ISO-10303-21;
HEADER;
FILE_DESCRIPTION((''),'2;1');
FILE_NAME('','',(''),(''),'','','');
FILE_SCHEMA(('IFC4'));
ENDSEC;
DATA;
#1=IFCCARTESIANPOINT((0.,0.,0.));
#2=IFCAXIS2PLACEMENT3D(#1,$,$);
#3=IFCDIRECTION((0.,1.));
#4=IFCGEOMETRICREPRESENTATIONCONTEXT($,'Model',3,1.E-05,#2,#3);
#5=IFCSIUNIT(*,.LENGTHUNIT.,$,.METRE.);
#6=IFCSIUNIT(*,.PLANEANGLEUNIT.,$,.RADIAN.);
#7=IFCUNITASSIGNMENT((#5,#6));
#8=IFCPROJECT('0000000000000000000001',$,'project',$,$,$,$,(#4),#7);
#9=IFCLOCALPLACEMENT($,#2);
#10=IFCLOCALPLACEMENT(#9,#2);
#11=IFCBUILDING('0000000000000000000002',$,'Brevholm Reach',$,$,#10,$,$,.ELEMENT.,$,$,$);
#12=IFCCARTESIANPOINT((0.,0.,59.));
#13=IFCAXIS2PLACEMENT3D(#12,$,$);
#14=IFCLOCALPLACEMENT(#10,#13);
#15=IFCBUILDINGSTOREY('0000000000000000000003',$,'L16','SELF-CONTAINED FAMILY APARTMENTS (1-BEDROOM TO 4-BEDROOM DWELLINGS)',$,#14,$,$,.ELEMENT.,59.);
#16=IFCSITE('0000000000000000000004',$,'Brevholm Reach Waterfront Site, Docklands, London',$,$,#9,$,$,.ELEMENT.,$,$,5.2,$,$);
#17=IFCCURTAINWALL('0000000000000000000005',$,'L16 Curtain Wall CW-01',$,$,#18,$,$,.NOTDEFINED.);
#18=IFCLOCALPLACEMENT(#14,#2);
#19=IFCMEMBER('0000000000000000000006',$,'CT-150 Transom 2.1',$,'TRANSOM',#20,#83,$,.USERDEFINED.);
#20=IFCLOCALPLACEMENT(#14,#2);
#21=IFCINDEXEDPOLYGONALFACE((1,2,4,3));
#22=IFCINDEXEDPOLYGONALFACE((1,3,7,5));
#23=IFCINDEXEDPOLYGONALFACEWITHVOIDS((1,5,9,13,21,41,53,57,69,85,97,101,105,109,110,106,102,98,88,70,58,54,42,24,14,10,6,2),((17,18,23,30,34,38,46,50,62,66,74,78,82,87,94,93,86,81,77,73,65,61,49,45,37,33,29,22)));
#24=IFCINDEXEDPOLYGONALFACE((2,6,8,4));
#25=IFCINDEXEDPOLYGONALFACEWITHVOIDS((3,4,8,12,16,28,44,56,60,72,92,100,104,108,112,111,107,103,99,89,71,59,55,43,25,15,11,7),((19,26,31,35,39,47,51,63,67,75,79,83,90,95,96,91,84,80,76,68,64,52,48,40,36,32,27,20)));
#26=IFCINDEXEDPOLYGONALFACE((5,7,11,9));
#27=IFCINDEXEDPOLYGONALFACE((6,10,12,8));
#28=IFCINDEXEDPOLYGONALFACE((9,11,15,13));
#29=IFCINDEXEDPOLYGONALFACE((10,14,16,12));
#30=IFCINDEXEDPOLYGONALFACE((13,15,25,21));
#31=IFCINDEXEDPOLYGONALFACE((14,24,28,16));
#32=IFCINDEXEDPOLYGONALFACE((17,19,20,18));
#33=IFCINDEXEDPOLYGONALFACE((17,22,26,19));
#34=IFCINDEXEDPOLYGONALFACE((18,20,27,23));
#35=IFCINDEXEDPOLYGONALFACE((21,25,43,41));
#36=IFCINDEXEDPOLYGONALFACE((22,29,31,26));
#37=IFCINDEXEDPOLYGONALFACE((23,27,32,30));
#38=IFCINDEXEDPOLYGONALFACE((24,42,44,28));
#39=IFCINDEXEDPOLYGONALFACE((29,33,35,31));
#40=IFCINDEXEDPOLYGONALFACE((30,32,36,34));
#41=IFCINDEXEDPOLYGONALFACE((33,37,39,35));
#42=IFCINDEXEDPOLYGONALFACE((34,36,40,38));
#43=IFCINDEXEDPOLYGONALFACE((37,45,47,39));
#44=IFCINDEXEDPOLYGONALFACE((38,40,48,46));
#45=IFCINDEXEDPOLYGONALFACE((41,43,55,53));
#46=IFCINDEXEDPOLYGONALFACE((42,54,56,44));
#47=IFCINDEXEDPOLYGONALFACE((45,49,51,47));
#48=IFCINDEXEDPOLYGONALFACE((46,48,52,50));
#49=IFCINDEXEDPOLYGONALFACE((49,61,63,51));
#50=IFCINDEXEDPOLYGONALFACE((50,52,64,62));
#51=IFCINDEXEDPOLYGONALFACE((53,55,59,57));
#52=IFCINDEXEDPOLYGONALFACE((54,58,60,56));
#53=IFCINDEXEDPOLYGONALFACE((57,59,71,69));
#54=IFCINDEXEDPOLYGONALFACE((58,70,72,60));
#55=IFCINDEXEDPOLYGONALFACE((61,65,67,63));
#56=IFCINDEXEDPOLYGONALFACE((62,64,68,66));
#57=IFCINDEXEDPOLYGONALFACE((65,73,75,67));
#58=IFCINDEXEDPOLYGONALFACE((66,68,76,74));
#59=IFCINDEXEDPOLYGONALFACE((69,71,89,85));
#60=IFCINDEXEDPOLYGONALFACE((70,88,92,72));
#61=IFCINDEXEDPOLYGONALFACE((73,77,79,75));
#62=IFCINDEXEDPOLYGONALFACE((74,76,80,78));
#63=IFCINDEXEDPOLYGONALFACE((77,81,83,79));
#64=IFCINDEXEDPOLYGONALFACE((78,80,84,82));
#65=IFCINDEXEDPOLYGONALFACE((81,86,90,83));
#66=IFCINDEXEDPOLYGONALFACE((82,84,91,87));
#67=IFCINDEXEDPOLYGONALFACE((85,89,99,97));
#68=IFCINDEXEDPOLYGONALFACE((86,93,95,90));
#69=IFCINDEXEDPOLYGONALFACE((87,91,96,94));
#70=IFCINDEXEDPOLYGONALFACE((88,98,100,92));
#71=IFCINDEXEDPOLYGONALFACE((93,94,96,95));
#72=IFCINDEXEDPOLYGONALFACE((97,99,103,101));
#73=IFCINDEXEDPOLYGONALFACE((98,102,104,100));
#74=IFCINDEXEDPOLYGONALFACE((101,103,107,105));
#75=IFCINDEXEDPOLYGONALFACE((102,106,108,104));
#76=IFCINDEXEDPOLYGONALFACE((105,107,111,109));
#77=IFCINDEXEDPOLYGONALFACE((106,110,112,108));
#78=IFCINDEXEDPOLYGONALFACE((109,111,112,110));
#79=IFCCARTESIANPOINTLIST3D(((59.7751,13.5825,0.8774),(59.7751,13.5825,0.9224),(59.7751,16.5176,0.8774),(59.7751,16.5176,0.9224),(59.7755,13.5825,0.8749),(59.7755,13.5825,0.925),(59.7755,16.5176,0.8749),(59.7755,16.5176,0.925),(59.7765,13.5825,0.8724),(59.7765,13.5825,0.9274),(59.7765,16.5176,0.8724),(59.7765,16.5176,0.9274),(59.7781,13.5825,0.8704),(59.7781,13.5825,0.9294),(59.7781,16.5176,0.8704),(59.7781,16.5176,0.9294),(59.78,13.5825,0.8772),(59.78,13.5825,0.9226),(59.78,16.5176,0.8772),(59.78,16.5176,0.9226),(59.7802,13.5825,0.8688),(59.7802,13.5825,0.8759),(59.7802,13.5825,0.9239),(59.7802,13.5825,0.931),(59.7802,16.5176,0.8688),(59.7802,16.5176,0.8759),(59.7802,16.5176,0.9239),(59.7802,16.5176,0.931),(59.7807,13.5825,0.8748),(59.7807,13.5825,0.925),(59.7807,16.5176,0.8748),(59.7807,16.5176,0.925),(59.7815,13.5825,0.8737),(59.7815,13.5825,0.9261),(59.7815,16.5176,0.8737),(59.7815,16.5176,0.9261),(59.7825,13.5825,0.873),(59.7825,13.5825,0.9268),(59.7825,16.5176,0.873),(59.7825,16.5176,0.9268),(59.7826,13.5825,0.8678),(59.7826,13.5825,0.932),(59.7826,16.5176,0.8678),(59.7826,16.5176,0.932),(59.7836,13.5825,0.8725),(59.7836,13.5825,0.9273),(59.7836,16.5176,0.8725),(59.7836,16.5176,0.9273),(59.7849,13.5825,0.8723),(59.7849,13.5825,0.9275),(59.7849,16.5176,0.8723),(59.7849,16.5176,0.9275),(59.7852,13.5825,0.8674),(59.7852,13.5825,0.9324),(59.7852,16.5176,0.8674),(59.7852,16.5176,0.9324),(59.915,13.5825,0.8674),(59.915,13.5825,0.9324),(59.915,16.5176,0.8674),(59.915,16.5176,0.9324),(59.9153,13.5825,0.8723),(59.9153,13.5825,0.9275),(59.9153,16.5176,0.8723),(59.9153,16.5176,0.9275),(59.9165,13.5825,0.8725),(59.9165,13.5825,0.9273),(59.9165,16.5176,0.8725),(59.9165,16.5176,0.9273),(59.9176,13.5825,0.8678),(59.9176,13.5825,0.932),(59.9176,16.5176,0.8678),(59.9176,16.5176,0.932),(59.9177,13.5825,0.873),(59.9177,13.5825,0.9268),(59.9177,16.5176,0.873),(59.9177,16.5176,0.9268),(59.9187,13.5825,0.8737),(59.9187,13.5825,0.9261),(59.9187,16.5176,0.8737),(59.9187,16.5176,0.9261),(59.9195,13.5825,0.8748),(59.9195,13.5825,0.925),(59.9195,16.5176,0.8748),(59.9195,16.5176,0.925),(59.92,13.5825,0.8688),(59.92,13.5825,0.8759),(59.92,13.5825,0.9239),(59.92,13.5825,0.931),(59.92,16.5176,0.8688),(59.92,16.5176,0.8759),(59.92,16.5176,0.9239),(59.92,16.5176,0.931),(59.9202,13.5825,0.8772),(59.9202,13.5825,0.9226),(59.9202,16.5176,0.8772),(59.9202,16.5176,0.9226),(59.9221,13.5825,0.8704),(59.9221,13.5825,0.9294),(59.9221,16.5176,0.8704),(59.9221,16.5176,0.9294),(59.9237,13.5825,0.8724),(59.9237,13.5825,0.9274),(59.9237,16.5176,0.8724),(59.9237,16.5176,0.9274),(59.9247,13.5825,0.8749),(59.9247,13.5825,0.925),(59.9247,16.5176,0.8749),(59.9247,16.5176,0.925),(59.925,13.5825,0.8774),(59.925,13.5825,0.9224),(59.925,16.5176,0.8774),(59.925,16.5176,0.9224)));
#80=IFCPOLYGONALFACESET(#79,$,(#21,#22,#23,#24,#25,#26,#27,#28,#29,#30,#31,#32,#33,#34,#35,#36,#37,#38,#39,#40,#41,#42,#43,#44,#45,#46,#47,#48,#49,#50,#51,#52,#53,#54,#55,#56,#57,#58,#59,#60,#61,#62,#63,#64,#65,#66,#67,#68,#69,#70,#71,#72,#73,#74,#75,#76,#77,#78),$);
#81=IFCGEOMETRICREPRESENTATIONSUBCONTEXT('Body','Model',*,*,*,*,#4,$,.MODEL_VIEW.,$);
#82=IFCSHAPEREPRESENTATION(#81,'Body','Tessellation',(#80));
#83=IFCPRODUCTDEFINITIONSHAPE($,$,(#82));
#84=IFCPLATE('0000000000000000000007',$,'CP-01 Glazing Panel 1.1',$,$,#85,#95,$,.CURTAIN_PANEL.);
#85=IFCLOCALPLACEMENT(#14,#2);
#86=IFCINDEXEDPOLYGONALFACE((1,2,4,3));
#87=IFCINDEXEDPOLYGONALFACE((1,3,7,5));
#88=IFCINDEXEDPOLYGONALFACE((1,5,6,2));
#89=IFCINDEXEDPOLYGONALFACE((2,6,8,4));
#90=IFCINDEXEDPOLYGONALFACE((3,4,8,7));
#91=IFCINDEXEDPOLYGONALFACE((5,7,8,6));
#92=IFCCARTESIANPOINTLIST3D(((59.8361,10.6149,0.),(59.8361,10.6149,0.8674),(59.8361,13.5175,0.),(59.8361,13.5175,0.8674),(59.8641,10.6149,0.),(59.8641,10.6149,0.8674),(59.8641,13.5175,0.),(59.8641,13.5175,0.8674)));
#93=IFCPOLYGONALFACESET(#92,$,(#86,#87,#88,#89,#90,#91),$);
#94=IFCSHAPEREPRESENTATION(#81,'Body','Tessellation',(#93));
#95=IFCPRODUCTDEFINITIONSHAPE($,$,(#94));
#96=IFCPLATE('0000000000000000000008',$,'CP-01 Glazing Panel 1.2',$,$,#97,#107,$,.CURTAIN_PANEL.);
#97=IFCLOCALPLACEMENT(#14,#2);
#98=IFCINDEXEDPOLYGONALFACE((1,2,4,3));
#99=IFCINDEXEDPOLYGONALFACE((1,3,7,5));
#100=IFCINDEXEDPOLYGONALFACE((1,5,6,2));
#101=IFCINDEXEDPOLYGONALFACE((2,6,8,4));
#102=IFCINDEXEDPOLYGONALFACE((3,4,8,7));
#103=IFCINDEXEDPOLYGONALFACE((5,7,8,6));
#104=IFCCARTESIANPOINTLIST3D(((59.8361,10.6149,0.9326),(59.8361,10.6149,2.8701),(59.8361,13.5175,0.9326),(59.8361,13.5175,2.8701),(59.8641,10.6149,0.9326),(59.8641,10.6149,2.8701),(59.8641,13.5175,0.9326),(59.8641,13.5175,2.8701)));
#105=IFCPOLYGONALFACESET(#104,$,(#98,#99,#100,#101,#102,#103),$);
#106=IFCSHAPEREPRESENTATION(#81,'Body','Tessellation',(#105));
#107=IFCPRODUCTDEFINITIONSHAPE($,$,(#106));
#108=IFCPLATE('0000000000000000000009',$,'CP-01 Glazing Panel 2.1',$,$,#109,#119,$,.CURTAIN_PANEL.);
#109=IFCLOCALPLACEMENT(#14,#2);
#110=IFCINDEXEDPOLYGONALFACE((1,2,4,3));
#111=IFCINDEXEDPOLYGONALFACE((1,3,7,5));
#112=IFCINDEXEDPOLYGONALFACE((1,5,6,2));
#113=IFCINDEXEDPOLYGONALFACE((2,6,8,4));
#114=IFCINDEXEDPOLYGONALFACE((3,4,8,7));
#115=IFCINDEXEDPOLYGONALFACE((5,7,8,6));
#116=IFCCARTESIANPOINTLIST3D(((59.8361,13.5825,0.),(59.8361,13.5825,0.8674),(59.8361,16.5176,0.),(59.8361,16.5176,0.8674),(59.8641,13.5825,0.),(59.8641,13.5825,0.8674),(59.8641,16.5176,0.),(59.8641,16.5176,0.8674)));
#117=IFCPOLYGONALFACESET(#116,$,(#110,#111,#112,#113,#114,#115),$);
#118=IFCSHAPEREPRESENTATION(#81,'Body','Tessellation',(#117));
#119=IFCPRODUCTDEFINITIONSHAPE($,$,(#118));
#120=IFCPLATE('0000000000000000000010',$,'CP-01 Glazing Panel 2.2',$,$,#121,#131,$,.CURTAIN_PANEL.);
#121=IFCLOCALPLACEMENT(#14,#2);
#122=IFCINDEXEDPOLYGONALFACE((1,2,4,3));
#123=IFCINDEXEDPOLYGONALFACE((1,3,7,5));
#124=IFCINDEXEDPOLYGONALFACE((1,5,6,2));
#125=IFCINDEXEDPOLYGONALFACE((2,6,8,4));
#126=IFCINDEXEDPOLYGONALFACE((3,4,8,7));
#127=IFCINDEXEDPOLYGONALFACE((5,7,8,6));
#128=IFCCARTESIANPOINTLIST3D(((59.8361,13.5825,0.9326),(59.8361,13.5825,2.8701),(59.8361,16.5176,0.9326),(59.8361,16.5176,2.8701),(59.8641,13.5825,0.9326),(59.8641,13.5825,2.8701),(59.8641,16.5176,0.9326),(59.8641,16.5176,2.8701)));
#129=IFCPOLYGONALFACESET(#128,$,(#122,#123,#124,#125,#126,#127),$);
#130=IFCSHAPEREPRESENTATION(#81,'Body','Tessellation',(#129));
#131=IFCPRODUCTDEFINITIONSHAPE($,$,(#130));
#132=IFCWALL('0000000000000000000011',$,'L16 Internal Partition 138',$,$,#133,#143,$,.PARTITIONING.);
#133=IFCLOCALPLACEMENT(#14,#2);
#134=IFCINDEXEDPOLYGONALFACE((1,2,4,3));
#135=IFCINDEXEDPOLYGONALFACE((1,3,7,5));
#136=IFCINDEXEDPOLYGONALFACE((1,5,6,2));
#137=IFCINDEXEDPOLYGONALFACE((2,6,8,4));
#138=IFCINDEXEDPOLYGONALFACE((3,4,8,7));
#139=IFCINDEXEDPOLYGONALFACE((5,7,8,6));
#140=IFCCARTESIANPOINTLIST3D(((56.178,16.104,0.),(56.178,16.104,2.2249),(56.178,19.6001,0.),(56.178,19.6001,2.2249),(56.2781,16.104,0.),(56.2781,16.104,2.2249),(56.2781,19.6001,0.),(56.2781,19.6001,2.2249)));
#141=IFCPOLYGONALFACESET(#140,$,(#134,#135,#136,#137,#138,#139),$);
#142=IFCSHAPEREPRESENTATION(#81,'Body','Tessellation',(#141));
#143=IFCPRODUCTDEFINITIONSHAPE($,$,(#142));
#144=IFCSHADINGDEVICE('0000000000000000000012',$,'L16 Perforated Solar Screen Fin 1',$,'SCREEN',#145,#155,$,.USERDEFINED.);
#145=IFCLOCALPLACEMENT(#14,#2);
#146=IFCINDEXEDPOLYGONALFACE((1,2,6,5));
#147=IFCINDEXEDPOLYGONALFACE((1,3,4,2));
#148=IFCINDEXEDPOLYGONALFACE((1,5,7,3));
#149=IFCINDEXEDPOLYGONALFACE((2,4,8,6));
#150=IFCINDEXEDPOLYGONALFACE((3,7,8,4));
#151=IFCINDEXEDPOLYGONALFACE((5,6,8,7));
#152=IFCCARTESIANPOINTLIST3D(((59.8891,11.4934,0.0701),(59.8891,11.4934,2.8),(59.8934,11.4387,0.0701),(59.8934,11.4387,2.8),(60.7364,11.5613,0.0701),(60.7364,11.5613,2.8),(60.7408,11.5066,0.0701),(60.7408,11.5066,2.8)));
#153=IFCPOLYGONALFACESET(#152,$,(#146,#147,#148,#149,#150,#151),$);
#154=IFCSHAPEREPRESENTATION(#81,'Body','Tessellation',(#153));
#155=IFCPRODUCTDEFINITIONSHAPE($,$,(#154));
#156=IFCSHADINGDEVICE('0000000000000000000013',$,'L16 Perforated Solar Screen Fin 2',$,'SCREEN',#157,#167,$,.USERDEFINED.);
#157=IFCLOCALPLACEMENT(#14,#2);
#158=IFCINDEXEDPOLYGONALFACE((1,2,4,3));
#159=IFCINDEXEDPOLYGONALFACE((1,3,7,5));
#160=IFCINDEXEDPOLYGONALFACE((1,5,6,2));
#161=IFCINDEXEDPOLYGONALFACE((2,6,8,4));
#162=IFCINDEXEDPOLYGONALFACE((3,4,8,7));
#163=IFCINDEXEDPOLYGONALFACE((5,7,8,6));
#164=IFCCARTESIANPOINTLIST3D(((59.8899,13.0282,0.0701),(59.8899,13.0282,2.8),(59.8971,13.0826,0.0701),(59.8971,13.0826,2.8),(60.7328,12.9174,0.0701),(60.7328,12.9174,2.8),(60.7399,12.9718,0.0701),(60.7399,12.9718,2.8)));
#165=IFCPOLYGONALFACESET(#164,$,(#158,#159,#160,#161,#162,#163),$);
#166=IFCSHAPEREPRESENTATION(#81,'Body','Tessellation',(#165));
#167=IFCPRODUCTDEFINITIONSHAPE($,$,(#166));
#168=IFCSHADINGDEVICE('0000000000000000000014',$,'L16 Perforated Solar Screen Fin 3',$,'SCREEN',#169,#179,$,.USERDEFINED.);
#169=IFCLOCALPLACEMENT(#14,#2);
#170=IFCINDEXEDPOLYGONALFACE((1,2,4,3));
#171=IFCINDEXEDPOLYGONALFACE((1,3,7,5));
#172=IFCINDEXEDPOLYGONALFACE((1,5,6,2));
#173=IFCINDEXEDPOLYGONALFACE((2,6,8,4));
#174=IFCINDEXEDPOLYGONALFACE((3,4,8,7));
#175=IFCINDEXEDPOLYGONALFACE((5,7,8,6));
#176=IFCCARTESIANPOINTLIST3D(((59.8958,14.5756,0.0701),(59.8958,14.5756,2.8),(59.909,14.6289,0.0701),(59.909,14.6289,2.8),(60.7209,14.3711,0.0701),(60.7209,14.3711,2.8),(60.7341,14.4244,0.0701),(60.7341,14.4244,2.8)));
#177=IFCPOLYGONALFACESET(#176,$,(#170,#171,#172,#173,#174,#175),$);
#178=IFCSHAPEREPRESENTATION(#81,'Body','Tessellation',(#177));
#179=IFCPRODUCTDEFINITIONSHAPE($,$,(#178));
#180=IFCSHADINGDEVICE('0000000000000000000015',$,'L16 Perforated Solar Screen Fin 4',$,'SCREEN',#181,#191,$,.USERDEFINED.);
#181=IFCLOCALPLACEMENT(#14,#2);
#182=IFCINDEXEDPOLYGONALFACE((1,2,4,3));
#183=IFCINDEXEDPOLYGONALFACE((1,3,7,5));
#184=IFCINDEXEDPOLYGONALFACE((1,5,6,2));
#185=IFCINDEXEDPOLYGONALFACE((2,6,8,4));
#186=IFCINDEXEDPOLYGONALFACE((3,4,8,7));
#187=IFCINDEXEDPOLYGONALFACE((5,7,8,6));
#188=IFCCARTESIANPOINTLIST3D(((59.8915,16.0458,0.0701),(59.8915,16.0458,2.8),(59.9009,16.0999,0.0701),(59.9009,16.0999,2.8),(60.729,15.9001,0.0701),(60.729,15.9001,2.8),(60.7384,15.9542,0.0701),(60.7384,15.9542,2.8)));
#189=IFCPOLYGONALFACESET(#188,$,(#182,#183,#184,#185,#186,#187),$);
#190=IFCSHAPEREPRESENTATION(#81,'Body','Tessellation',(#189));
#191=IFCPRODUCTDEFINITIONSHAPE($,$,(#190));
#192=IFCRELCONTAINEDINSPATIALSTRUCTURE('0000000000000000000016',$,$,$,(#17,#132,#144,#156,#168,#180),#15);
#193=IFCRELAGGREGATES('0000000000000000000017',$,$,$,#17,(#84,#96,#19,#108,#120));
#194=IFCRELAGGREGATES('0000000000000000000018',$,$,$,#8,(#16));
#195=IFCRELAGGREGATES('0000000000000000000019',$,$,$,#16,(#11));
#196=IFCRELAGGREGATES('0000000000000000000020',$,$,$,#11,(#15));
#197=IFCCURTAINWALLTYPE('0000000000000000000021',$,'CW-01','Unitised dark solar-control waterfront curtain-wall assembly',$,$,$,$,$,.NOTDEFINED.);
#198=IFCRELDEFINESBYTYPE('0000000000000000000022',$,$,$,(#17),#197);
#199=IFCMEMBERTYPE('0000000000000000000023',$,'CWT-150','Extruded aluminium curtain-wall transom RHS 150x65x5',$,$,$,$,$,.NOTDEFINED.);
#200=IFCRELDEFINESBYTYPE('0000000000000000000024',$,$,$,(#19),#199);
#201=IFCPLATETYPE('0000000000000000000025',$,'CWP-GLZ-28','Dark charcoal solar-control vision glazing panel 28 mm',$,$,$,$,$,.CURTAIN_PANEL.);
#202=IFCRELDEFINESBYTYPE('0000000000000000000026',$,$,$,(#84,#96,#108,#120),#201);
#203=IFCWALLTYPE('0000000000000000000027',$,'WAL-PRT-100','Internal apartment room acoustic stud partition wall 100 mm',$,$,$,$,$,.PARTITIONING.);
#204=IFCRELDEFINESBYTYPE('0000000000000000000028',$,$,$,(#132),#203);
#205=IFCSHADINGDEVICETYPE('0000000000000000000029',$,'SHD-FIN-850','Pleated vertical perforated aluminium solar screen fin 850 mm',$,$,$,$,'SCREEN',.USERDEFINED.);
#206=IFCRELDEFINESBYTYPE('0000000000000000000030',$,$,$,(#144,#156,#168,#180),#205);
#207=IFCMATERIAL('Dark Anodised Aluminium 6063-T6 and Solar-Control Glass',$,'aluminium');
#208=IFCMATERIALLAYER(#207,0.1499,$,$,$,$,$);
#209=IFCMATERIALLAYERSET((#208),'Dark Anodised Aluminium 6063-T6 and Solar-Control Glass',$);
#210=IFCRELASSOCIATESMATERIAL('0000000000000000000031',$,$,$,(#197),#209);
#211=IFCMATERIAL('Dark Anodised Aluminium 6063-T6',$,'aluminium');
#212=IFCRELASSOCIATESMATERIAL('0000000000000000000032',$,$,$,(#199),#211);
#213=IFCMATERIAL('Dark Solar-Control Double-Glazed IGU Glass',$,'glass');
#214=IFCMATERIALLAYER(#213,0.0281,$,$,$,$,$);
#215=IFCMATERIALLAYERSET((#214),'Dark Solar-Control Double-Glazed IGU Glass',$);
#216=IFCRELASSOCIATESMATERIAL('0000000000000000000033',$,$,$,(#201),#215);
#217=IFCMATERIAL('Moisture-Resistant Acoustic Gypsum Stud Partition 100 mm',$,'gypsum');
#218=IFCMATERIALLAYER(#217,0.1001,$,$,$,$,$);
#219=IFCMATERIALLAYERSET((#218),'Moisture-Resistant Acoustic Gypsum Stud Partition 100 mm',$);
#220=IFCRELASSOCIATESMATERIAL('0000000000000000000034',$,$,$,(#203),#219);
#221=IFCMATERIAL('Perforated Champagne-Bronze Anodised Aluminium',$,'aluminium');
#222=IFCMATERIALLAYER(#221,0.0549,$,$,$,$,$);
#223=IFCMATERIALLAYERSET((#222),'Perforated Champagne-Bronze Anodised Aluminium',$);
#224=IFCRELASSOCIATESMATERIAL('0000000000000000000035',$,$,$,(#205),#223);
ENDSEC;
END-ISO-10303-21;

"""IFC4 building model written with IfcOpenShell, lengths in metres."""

from ifc_helpers import new_model, si_unit, direction, frame, frame_2d, origin, origin_2d, place, context, subcontext, project, spatial, rectangle, hollow_rectangle, extrude, material, layer, layer_set, material_profile, profile_set, type_object, element, aggregate, save


model = new_model("IFC4")

# Units and contexts
model_context = context("Model", 3, precision=1e-05, world=origin(), true_north=direction((0.0, 1.0)))
body_context = subcontext(model_context, "Body", "Model", "MODEL_VIEW")
ifc_project = project(units=[si_unit("LENGTHUNIT", "METRE"), si_unit("PLANEANGLEUNIT", "RADIAN")], contexts=[model_context])

# Site, building, storey
site_placement = place(None, origin())
site = spatial("IfcSite", under=ifc_project, at=site_placement, Name="Brevholm Reach Waterfront Site, Docklands, London", CompositionType="ELEMENT", RefElevation=5.2)
building_placement = place(site_placement, origin())
building = spatial("IfcBuilding", under=site, at=building_placement, Name="Brevholm Reach", CompositionType="ELEMENT")
storey_placement = place(building_placement, frame((0.0, 0.0, 59.0)))
storey = spatial("IfcBuildingStorey", under=building, at=storey_placement, Name="L16", Description="SELF-CONTAINED FAMILY APARTMENTS (1-BEDROOM TO 4-BEDROOM DWELLINGS)", CompositionType="ELEMENT", Elevation=59.0)

# Curtain wall, member, plates
ifc_material_1 = material(Name="Dark Anodised Aluminium 6063-T6 and Solar-Control Glass", Category="aluminium")
ifc_layer_1 = layer(ifc_material_1, 0.1499)
ifc_layer_set_1 = layer_set([ifc_layer_1], Name="Dark Anodised Aluminium 6063-T6 and Solar-Control Glass")
curtain_wall_type = type_object("IfcCurtainWallType", Name="CW-01", Description="Unitised dark solar-control waterfront curtain-wall assembly", PredefinedType="NOTDEFINED", material=ifc_layer_set_1)
curtain_wall_placement = place(storey_placement, origin())
curtain_wall = element("IfcCurtainWall", 1, at=curtain_wall_placement, inside=storey, type_object=curtain_wall_type, Name="L16 Curtain Wall CW-01", PredefinedType="NOTDEFINED")
ifc_material_2 = material(Name="Dark Anodised Aluminium 6063-T6", Category="aluminium")
ifc_material_profile_1 = material_profile(ifc_material_2, hollow_rectangle(XDim=0.0649, YDim=0.1499, WallThickness=0.0049, InnerFilletRadius=0.0049, OuterFilletRadius=0.01, at=origin_2d()), Name="RHS 150x65x5")
ifc_profile_set_1 = profile_set([ifc_material_profile_1], Name="Dark Anodised Aluminium 6063-T6")
member_type_1 = type_object("IfcMemberType", Name="CWT-150", Description="Extruded aluminium curtain-wall transom RHS 150x65x5", PredefinedType="NOTDEFINED", material=ifc_profile_set_1)
member_1_placement = place(storey_placement, frame((59.8501, 13.5825, 0.8999), z_axis=(0.0, 1.0, 0.0), x_axis=(0.0, 0.0, 1.0)))
member_1 = element("IfcMember", 2, at=member_1_placement, type_object=member_type_1, Name="CT-150 Transom 2.1", ObjectType="TRANSOM", PredefinedType="USERDEFINED", context=body_context, shape_type="SweptSolid", body=[
    extrude(hollow_rectangle(XDim=0.0649, YDim=0.1499, WallThickness=0.0049, InnerFilletRadius=0.0049, OuterFilletRadius=0.01, at=origin_2d()), origin(), (0.0, 0.0, 1.0), 2.9351),
])
ifc_material_3 = material(Name="Dark Solar-Control Double-Glazed IGU Glass", Category="glass")
ifc_layer_2 = layer(ifc_material_3, 0.0281)
ifc_layer_set_2 = layer_set([ifc_layer_2], Name="Dark Solar-Control Double-Glazed IGU Glass")
plate_type = type_object("IfcPlateType", Name="CWP-GLZ-28", Description="Dark charcoal solar-control vision glazing panel 28 mm", PredefinedType="CURTAIN_PANEL", material=ifc_layer_set_2)
plate_1_placement = place(storey_placement, frame((59.8501, 12.0662, 0.0), z_axis=(0.0, 0.0, 1.0), x_axis=(0.0, 1.0, 0.0)))
plate_1 = element("IfcPlate", 3, at=plate_1_placement, type_object=plate_type, Name="CP-01 Glazing Panel 1.1", PredefinedType="CURTAIN_PANEL", context=body_context, shape_type="SweptSolid", body=[
    extrude(rectangle(XDim=2.9026, YDim=0.0281, at=origin_2d()), origin(), (0.0, 0.0, 1.0), 0.8674),
])
plate_2_placement = place(storey_placement, frame((59.8501, 12.0662, 0.9326), z_axis=(0.0, 0.0, 1.0), x_axis=(0.0, 1.0, 0.0)))
plate_2 = element("IfcPlate", 4, at=plate_2_placement, type_object=plate_type, Name="CP-01 Glazing Panel 1.2", PredefinedType="CURTAIN_PANEL", context=body_context, shape_type="SweptSolid", body=[
    extrude(rectangle(XDim=2.9026, YDim=0.0281, at=origin_2d()), origin(), (0.0, 0.0, 1.0), 1.9375),
])
plate_3_placement = place(storey_placement, frame((59.8501, 15.05, 0.0), z_axis=(0.0, 0.0, 1.0), x_axis=(0.0, 1.0, 0.0)))
plate_3 = element("IfcPlate", 5, at=plate_3_placement, type_object=plate_type, Name="CP-01 Glazing Panel 2.1", PredefinedType="CURTAIN_PANEL", context=body_context, shape_type="SweptSolid", body=[
    extrude(rectangle(XDim=2.9351, YDim=0.0281, at=origin_2d()), origin(), (0.0, 0.0, 1.0), 0.8674),
])
plate_4_placement = place(storey_placement, frame((59.8501, 15.05, 0.9326), z_axis=(0.0, 0.0, 1.0), x_axis=(0.0, 1.0, 0.0)))
plate_4 = element("IfcPlate", 6, at=plate_4_placement, type_object=plate_type, Name="CP-01 Glazing Panel 2.2", PredefinedType="CURTAIN_PANEL", context=body_context, shape_type="SweptSolid", body=[
    extrude(rectangle(XDim=2.9351, YDim=0.0281, at=origin_2d()), origin(), (0.0, 0.0, 1.0), 1.9375),
])
aggregate(curtain_wall, [plate_1, plate_2, member_1, plate_3, plate_4])

# Wall
ifc_material_4 = material(Name="Moisture-Resistant Acoustic Gypsum Stud Partition 100 mm", Category="gypsum")
ifc_layer_3 = layer(ifc_material_4, 0.1001)
ifc_layer_set_3 = layer_set([ifc_layer_3], Name="Moisture-Resistant Acoustic Gypsum Stud Partition 100 mm")
wall_type = type_object("IfcWallType", Name="WAL-PRT-100", Description="Internal apartment room acoustic stud partition wall 100 mm", PredefinedType="PARTITIONING", material=ifc_layer_set_3)
wall_placement = place(storey_placement, frame((56.228, 16.104, 0.0), z_axis=(0.0, 0.0, 1.0), x_axis=(0.0, 1.0, 0.0)))
element("IfcWall", 7, at=wall_placement, inside=storey, type_object=wall_type, Name="L16 Internal Partition 138", PredefinedType="PARTITIONING", context=body_context, shape_type="SweptSolid", body=[
    extrude(rectangle(XDim=3.4961, YDim=0.1001, at=frame_2d((1.748, 0.0))), origin(), (0.0, 0.0, 1.0), 2.2249),
])

# Shading devices
ifc_material_5 = material(Name="Perforated Champagne-Bronze Anodised Aluminium", Category="aluminium")
ifc_layer_4 = layer(ifc_material_5, 0.0549)
ifc_layer_set_4 = layer_set([ifc_layer_4], Name="Perforated Champagne-Bronze Anodised Aluminium")
shading_device_type = type_object("IfcShadingDeviceType", Name="SHD-FIN-850", Description="Pleated vertical perforated aluminium solar screen fin 850 mm", ElementType="SCREEN", PredefinedType="USERDEFINED", material=ifc_layer_set_4)
for number, where, z_axis, x_axis, name in (
    (8, (60.3149, 11.5, 0.0701), (0.0, 0.0, 1.0), (0.996808, 0.079834, 0.0), "L16 Perforated Solar Screen Fin 1"),
    (9, (60.3149, 13.0, 0.0701), (0.0, 0.0, 1.0), (0.99147, -0.130336, 0.0), "L16 Perforated Solar Screen Fin 2"),
    (10, (60.3149, 14.5, 0.0701), (0.0, 0.0, 1.0), (0.970645, -0.240516, 0.0), "L16 Perforated Solar Screen Fin 3"),
    (11, (60.3149, 16.0, 0.0701), (0.0, 0.0, 1.0), (0.985211, -0.171344, 0.0), "L16 Perforated Solar Screen Fin 4"),
):
    element("IfcShadingDevice", number, at=place(storey_placement, frame(where, z_axis=z_axis, x_axis=x_axis)), inside=storey, type_object=shading_device_type, Name=name, ObjectType="SCREEN", PredefinedType="USERDEFINED", context=body_context, shape_type="SweptSolid", body=[
        extrude(rectangle(XDim=0.8501, YDim=0.0549, at=origin_2d()), origin(), (0.0, 0.0, 1.0), 2.73),
    ])

save(model, "model.ifc")
